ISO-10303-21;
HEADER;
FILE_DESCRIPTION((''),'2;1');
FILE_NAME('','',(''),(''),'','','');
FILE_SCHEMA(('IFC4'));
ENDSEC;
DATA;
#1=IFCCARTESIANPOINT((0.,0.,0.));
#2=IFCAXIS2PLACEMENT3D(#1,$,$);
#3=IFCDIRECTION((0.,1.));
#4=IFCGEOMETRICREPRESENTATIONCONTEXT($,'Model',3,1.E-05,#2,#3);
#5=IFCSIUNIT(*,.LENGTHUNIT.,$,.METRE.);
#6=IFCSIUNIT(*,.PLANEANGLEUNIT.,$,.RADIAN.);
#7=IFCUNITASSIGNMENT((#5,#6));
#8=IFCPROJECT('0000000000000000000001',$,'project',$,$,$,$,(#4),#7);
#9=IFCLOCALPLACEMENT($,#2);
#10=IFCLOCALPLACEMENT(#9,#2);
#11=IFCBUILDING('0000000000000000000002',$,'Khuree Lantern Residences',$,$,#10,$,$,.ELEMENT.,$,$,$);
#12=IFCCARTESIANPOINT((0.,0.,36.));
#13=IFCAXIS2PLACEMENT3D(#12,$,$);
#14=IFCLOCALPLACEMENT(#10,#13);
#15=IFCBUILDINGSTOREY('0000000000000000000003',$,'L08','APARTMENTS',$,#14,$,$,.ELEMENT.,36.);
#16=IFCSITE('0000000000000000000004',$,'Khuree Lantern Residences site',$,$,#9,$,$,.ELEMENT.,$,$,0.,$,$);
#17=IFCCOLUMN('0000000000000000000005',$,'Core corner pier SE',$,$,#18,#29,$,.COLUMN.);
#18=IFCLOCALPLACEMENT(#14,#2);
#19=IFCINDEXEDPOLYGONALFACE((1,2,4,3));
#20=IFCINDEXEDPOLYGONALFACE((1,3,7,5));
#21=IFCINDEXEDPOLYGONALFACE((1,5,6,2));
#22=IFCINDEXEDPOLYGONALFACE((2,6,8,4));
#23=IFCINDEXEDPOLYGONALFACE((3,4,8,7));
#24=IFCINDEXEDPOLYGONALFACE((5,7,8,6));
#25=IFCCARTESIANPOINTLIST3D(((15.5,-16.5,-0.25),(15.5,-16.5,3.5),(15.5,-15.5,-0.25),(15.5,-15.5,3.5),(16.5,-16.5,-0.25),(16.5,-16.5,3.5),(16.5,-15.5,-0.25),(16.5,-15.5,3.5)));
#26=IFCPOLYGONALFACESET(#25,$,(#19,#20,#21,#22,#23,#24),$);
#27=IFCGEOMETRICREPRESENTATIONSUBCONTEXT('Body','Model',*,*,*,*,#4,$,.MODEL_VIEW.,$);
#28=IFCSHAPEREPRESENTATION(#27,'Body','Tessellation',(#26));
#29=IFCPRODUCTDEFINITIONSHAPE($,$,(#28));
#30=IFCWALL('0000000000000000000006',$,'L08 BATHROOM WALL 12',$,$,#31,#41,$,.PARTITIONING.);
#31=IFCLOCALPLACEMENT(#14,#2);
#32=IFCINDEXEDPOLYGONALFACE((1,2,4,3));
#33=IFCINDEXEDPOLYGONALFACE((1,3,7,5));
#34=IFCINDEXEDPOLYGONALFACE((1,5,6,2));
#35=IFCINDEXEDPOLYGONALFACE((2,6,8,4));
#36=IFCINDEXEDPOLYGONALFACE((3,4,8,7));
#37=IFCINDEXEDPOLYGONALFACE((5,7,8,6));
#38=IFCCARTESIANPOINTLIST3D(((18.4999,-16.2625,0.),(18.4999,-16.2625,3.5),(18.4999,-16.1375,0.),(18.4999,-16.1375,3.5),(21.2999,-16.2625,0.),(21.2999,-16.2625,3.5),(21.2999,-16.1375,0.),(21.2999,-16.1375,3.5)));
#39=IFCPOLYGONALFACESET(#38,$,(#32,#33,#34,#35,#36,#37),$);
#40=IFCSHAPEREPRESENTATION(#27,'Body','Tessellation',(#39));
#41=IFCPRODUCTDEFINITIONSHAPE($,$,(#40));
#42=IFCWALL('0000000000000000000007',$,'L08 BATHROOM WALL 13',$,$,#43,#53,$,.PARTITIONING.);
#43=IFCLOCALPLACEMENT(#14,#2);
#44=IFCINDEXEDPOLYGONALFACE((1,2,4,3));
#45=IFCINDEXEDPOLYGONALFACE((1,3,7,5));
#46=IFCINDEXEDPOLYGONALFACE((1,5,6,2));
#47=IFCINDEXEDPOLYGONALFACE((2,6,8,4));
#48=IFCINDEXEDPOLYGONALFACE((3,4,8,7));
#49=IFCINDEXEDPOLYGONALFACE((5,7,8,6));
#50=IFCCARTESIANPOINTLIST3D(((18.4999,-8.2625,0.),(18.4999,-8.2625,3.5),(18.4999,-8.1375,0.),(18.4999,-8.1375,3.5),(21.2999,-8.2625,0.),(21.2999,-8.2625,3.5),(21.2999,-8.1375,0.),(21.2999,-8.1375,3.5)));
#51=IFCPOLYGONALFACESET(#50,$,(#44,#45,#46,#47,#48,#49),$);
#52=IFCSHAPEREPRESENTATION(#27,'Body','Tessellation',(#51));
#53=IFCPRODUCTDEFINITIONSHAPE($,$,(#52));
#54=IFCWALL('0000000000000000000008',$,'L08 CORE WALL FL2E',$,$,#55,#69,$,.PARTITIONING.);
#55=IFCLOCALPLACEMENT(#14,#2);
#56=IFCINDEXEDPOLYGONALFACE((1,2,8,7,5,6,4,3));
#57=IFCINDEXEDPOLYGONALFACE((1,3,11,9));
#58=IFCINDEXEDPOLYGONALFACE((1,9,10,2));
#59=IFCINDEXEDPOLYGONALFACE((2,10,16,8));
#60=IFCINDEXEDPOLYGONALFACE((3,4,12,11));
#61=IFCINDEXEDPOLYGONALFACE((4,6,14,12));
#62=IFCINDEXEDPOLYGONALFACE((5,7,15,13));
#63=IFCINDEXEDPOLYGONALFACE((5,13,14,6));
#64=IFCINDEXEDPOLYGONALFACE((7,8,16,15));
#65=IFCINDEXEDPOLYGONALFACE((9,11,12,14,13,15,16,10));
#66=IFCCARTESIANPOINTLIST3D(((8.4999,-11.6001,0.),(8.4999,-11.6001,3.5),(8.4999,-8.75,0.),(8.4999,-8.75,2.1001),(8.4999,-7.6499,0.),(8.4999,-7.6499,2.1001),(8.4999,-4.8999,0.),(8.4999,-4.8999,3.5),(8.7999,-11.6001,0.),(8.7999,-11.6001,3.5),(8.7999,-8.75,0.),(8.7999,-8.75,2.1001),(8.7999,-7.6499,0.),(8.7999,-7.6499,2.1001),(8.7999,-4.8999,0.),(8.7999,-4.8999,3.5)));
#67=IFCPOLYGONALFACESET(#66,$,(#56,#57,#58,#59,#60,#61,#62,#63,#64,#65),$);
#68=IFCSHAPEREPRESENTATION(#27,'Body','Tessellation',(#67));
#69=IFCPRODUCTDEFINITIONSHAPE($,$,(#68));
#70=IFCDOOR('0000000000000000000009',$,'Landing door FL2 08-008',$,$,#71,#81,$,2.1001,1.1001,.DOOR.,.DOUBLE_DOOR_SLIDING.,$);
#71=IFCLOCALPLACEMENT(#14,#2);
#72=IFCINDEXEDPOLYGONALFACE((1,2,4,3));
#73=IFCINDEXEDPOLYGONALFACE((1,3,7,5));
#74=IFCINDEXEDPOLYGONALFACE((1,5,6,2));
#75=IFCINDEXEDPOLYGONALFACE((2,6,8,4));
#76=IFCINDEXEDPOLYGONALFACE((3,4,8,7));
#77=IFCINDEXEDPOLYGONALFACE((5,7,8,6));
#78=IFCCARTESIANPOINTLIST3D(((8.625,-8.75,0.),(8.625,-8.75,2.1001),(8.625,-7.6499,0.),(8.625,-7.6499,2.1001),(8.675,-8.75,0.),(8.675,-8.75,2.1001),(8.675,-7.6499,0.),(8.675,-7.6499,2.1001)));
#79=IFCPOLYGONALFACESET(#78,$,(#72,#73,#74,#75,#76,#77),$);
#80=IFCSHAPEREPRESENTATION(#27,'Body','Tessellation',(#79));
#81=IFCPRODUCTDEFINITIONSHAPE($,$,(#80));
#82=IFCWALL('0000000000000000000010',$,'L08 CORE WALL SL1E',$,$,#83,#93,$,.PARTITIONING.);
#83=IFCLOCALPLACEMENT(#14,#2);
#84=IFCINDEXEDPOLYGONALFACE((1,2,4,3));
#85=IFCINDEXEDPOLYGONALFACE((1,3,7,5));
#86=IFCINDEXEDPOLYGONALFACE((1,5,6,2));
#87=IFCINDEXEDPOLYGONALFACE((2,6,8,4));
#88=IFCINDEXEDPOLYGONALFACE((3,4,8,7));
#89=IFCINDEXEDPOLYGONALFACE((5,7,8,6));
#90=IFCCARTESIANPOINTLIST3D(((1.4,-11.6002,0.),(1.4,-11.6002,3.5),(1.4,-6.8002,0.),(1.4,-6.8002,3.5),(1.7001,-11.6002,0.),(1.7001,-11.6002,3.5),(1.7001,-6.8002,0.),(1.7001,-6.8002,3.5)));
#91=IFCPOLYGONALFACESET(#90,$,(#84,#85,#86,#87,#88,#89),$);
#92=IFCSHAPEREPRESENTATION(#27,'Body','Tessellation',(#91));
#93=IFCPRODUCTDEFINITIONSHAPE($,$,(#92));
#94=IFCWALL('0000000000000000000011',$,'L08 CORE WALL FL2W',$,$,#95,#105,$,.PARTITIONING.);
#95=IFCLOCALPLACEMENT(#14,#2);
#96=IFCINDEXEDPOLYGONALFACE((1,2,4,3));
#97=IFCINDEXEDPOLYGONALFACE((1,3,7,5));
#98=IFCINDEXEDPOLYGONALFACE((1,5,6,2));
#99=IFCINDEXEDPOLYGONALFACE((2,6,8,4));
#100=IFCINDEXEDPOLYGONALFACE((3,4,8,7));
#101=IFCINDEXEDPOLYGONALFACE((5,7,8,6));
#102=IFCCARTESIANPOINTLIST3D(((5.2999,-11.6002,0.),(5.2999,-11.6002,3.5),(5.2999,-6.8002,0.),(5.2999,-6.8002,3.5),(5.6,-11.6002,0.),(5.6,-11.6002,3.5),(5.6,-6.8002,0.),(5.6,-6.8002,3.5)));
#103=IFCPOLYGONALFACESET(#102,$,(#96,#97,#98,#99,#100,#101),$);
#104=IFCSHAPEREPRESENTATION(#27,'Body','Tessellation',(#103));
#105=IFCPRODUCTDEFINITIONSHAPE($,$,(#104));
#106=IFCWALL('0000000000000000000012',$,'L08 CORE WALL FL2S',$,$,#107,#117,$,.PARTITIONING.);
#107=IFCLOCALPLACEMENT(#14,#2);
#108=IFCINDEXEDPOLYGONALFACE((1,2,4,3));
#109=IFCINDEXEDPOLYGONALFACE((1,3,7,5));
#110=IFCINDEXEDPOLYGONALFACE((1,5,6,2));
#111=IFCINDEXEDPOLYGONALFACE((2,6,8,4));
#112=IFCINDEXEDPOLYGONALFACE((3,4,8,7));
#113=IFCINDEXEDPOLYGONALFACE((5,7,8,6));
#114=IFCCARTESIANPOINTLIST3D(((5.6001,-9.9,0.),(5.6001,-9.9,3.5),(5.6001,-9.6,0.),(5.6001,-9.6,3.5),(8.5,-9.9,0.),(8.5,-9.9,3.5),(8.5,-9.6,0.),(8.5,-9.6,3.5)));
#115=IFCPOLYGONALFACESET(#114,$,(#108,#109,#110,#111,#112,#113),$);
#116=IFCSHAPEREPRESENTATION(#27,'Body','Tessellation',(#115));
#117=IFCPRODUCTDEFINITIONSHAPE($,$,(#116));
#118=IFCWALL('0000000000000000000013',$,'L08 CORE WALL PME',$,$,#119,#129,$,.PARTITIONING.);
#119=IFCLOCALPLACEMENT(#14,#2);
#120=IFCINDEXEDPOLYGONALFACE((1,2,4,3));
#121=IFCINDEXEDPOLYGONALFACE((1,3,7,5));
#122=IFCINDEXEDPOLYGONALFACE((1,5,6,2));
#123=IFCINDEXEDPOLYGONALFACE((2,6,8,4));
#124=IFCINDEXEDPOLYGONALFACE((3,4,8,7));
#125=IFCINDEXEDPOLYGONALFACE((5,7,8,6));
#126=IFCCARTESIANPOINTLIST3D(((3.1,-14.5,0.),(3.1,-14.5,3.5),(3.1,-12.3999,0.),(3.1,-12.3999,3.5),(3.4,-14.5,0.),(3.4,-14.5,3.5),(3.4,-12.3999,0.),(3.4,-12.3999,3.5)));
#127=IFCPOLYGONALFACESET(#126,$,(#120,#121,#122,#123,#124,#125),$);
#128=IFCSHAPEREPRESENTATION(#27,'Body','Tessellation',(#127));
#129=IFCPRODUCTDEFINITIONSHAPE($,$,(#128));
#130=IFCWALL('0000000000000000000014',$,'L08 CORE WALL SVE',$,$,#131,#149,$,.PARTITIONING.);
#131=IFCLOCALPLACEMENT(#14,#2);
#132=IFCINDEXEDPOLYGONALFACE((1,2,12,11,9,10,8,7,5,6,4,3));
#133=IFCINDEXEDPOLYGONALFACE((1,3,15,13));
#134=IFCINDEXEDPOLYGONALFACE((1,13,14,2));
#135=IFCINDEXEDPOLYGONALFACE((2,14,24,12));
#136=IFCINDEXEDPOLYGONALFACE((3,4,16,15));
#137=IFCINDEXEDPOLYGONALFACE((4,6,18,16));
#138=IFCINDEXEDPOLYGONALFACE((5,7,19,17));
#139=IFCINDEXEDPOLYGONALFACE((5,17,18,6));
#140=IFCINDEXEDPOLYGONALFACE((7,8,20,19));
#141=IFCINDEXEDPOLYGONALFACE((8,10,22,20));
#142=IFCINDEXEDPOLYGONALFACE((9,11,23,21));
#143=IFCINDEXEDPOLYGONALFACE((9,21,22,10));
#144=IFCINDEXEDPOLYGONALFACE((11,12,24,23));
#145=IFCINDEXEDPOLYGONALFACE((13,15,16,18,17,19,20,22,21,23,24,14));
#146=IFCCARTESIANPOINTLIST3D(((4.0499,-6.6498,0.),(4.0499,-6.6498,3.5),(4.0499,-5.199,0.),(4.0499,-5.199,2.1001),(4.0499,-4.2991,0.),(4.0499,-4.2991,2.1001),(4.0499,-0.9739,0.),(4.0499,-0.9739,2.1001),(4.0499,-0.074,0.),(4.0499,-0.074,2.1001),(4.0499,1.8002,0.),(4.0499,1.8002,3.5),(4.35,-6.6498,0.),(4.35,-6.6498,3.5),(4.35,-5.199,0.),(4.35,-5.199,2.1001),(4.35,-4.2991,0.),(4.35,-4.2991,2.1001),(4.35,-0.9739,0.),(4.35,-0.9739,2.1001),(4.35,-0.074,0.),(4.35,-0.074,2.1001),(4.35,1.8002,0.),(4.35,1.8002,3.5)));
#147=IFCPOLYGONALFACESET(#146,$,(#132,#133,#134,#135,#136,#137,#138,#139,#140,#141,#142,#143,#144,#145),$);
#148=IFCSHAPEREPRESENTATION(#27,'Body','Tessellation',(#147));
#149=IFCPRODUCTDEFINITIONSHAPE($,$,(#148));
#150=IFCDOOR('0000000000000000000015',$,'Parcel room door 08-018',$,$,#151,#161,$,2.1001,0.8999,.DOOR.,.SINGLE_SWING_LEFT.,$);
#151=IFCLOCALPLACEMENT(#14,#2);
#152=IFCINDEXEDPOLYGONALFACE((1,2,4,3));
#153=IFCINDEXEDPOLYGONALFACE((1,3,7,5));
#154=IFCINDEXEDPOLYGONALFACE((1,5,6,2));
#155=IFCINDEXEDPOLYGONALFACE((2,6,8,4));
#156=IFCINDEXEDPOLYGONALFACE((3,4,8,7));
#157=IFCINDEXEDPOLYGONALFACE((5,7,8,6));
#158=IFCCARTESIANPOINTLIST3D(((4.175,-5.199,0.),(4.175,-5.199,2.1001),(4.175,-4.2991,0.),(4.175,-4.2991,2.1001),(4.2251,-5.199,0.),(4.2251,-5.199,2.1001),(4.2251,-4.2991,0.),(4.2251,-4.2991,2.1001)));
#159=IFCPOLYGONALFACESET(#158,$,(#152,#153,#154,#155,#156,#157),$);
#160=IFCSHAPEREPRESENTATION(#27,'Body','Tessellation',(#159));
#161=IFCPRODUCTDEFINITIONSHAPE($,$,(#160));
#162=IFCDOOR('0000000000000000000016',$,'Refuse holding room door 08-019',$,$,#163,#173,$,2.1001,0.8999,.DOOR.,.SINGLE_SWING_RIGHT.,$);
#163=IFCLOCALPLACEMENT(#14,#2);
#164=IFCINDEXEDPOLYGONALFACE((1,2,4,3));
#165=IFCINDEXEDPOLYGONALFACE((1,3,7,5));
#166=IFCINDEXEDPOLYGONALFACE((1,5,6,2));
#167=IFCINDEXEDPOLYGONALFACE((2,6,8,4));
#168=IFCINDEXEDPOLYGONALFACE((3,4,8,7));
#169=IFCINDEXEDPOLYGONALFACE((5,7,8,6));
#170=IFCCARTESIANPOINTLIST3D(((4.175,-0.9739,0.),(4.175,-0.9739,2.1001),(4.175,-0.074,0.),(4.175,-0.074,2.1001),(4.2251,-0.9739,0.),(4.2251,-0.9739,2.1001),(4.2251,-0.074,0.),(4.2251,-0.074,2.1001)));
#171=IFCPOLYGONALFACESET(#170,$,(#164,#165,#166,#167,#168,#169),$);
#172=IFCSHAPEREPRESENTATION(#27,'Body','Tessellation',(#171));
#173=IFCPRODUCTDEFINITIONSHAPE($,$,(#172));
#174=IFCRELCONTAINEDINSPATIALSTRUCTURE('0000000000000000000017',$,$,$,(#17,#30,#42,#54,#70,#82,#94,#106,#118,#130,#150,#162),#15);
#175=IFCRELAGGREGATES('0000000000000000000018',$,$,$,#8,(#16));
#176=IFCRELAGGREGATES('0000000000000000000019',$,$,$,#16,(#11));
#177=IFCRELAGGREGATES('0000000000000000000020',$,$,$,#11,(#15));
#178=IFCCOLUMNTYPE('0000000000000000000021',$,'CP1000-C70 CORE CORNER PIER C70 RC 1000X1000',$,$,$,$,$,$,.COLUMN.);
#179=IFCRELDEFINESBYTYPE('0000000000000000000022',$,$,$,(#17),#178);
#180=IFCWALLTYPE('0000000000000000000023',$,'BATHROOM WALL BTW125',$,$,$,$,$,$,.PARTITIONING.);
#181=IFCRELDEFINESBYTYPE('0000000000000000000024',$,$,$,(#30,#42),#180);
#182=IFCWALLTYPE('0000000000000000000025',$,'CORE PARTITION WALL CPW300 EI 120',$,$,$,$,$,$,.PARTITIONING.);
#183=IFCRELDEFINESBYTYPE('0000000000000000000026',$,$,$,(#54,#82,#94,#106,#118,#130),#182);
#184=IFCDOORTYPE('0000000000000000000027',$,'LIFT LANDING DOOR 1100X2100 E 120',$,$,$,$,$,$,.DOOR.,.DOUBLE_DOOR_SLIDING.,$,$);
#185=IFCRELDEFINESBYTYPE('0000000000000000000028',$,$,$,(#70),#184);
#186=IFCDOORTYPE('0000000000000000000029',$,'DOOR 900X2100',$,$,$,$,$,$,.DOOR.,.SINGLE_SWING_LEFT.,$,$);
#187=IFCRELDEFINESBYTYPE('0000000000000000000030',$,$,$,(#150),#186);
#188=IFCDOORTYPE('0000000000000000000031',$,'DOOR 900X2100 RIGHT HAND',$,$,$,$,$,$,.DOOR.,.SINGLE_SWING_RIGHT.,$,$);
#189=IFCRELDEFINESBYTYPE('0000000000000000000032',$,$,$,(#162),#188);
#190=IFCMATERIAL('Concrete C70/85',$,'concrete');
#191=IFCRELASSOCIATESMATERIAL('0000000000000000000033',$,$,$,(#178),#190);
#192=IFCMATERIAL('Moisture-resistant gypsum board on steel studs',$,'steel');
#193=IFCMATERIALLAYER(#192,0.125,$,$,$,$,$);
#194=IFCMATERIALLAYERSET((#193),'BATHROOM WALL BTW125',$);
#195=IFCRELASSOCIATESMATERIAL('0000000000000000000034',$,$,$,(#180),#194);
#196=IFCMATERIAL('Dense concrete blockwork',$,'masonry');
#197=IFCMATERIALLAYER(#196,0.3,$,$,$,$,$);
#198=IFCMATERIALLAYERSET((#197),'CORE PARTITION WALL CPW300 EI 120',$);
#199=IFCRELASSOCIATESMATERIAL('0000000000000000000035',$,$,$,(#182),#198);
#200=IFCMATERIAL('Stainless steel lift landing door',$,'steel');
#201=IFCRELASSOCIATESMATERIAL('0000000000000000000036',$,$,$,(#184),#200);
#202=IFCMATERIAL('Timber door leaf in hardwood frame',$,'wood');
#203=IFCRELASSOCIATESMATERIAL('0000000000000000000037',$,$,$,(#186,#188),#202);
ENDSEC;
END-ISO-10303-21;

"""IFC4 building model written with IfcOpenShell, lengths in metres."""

from ifc_helpers import new_model, si_unit, direction, frame, frame_2d, origin, origin_2d, place, context, subcontext, project, spatial, rectangle, extrude, material, layer, layer_set, material_profile, profile_set, type_object, element, fill, save


model = new_model("IFC4")

# Units and contexts
model_context = context("Model", 3, precision=1e-05, world=origin(), true_north=direction((0.0, 1.0)))
body_context = subcontext(model_context, "Body", "Model", "MODEL_VIEW")
ifc_project = project(units=[si_unit("LENGTHUNIT", "METRE"), si_unit("PLANEANGLEUNIT", "RADIAN")], contexts=[model_context])

# Site, building, storey
site_placement = place(None, origin())
site = spatial("IfcSite", under=ifc_project, at=site_placement, Name="Khuree Lantern Residences site", CompositionType="ELEMENT", RefElevation=0.0)
building_placement = place(site_placement, origin())
building = spatial("IfcBuilding", under=site, at=building_placement, Name="Khuree Lantern Residences", CompositionType="ELEMENT")
storey_placement = place(building_placement, frame((0.0, 0.0, 36.0)))
storey = spatial("IfcBuildingStorey", under=building, at=storey_placement, Name="L08", Description="APARTMENTS", CompositionType="ELEMENT", Elevation=36.0)

# Column
ifc_material_1 = material(Name="Concrete C70/85", Category="concrete")
ifc_material_profile = material_profile(ifc_material_1, rectangle(XDim=1.0, YDim=1.0, at=origin_2d()), Name="RC 1000X1000")
ifc_profile_set = profile_set([ifc_material_profile], Name="Concrete C70/85")
column_type = type_object("IfcColumnType", Name="CP1000-C70 CORE CORNER PIER C70 RC 1000X1000", PredefinedType="COLUMN", material=ifc_profile_set)
column_placement = place(storey_placement, frame((16.0, -16.0, -0.25), z_axis=(0.0, 0.0, 1.0), x_axis=(1.0, 0.0, 0.0)))
element("IfcColumn", 1, at=column_placement, inside=storey, type_object=column_type, Name="Core corner pier SE", PredefinedType="COLUMN", context=body_context, shape_type="SweptSolid", body=[
    extrude(rectangle(XDim=1.0, YDim=1.0, at=origin_2d()), origin(), (0.0, 0.0, 1.0), 3.75),
])

# Walls
ifc_material_2 = material(Name="Moisture-resistant gypsum board on steel studs", Category="steel")
ifc_layer_1 = layer(ifc_material_2, 0.125)
ifc_layer_set_1 = layer_set([ifc_layer_1], Name="BATHROOM WALL BTW125")
wall_type_1 = type_object("IfcWallType", Name="BATHROOM WALL BTW125", PredefinedType="PARTITIONING", material=ifc_layer_set_1)
for number, where, z_axis, x_axis, name in (
    (2, (18.5, -16.2, 0.0), (0.0, 0.0, 1.0), (1.0, 0.0, 0.0), "L08 BATHROOM WALL 12"),
    (3, (18.5, -8.2, 0.0), (0.0, 0.0, 1.0), (1.0, 0.0, 0.0), "L08 BATHROOM WALL 13"),
):
    element("IfcWall", number, at=place(storey_placement, frame(where, z_axis=z_axis, x_axis=x_axis)), inside=storey, type_object=wall_type_1, Name=name, PredefinedType="PARTITIONING", context=body_context, shape_type="SweptSolid", body=[
        extrude(rectangle(XDim=2.8, YDim=0.125, at=frame_2d((1.3999, 0.0))), origin(), (0.0, 0.0, 1.0), 3.5),
    ])

# Wall, opening, door
ifc_material_3 = material(Name="Dense concrete blockwork", Category="masonry")
ifc_layer_2 = layer(ifc_material_3, 0.3)
ifc_layer_set_2 = layer_set([ifc_layer_2], Name="CORE PARTITION WALL CPW300 EI 120")
wall_type_2 = type_object("IfcWallType", Name="CORE PARTITION WALL CPW300 EI 120", PredefinedType="PARTITIONING", material=ifc_layer_set_2)
wall_1_placement = place(storey_placement, frame((8.6499, -11.6001, 0.0), z_axis=(0.0, 0.0, 1.0), x_axis=(0.0, 1.0, 0.0)))
wall_1 = element("IfcWall", 4, at=wall_1_placement, inside=storey, type_object=wall_type_2, Name="L08 CORE WALL FL2E", PredefinedType="PARTITIONING", context=body_context, shape_type="SweptSolid", body=[
    extrude(rectangle(XDim=6.7002, YDim=0.3, at=frame_2d((3.3501, 0.0))), origin(), (0.0, 0.0, 1.0), 3.5),
])
opening_1_placement = place(wall_1_placement, frame((2.8501, 0.0, 0.0)))
opening_1 = element("IfcOpeningElement", 5, at=opening_1_placement, cuts=wall_1, PredefinedType="OPENING", context=body_context, shape_type="SweptSolid", body=[
    extrude(rectangle(XDim=1.1001, YDim=2.1001, at=frame_2d((0.55, 1.05))), frame((0.0, 0.1602, 0.0), z_axis=(0.0, -1.0, 0.0), x_axis=(1.0, 0.0, 0.0)), (0.0, 0.0, 1.0), 0.3201),
])
ifc_material_4 = material(Name="Stainless steel lift landing door", Category="steel")
door_type_1 = type_object("IfcDoorType", Name="LIFT LANDING DOOR 1100X2100 E 120", OperationType="DOUBLE_DOOR_SLIDING", PredefinedType="DOOR", material=ifc_material_4)
door_1_placement = place(opening_1_placement, origin())
door_1 = element("IfcDoor", 6, at=door_1_placement, inside=storey, type_object=door_type_1, Name="Landing door FL2 08-008", OperationType="DOUBLE_DOOR_SLIDING", OverallHeight=2.1001, OverallWidth=1.1001, PredefinedType="DOOR", context=body_context, shape_type="SweptSolid", body=[
    extrude(rectangle(XDim=1.1001, YDim=2.1001, at=frame_2d((0.55, 1.05))), frame((0.0, 0.0249, 0.0), z_axis=(0.0, -1.0, 0.0), x_axis=(1.0, 0.0, 0.0)), (0.0, 0.0, 1.0), 0.05),
])
fill(opening_1, door_1)

# Walls
for number, where, z_axis, x_axis, name in (
    (7, (1.55, -11.6001, 0.0), (0.0, 0.0, 1.0), (0.0, 1.0, 0.0), "L08 CORE WALL SL1E"),
    (8, (5.45, -11.6001, 0.0), (0.0, 0.0, 1.0), (0.0, 1.0, 0.0), "L08 CORE WALL FL2W"),
):
    element("IfcWall", number, at=place(storey_placement, frame(where, z_axis=z_axis, x_axis=x_axis)), inside=storey, type_object=wall_type_2, Name=name, PredefinedType="PARTITIONING", context=body_context, shape_type="SweptSolid", body=[
        extrude(rectangle(XDim=4.8, YDim=0.3, at=frame_2d((2.3999, 0.0))), origin(), (0.0, 0.0, 1.0), 3.5),
    ])
wall_2_placement = place(storey_placement, frame((5.6001, -9.75, 0.0), z_axis=(0.0, 0.0, 1.0), x_axis=(1.0, 0.0, 0.0)))
element("IfcWall", 9, at=wall_2_placement, inside=storey, type_object=wall_type_2, Name="L08 CORE WALL FL2S", PredefinedType="PARTITIONING", context=body_context, shape_type="SweptSolid", body=[
    extrude(rectangle(XDim=2.8999, YDim=0.3, at=frame_2d((1.45, 0.0))), origin(), (0.0, 0.0, 1.0), 3.5),
])
wall_3_placement = place(storey_placement, frame((3.25, -14.5, 0.0), z_axis=(0.0, 0.0, 1.0), x_axis=(0.0, 1.0, 0.0)))
element("IfcWall", 10, at=wall_3_placement, inside=storey, type_object=wall_type_2, Name="L08 CORE WALL PME", PredefinedType="PARTITIONING", context=body_context, shape_type="SweptSolid", body=[
    extrude(rectangle(XDim=2.1001, YDim=0.3, at=frame_2d((1.05, 0.0))), origin(), (0.0, 0.0, 1.0), 3.5),
])

# Wall, openings, doors
wall_4_placement = place(storey_placement, frame((4.2, -6.6499, 0.0), z_axis=(0.0, 0.0, 1.0), x_axis=(0.0, 1.0, 0.0)))
wall_4 = element("IfcWall", 11, at=wall_4_placement, inside=storey, type_object=wall_type_2, Name="L08 CORE WALL SVE", PredefinedType="PARTITIONING", context=body_context, shape_type="SweptSolid", body=[
    extrude(rectangle(XDim=8.45, YDim=0.3, at=frame_2d((4.2251, 0.0))), origin(), (0.0, 0.0, 1.0), 3.5),
])
opening_2_placement = place(wall_4_placement, frame((1.4509, 0.0, 0.0)))
opening_2 = element("IfcOpeningElement", 12, at=opening_2_placement, cuts=wall_4, PredefinedType="OPENING", context=body_context, shape_type="SweptSolid", body=[
    extrude(rectangle(XDim=0.8999, YDim=2.1001, at=frame_2d((0.45, 1.05))), frame((0.0, 0.1602, 0.0), z_axis=(0.0, -1.0, 0.0), x_axis=(1.0, 0.0, 0.0)), (0.0, 0.0, 1.0), 0.3201),
])
opening_3_placement = place(wall_4_placement, frame((5.676, 0.0, 0.0)))
opening_3 = element("IfcOpeningElement", 13, at=opening_3_placement, cuts=wall_4, PredefinedType="OPENING", context=body_context, shape_type="SweptSolid", body=[
    extrude(rectangle(XDim=0.8999, YDim=2.1001, at=frame_2d((0.45, 1.05))), frame((0.0, 0.1602, 0.0), z_axis=(0.0, -1.0, 0.0), x_axis=(1.0, 0.0, 0.0)), (0.0, 0.0, 1.0), 0.3201),
])
ifc_material_5 = material(Name="Timber door leaf in hardwood frame", Category="wood")
door_type_2 = type_object("IfcDoorType", Name="DOOR 900X2100", OperationType="SINGLE_SWING_LEFT", PredefinedType="DOOR", material=ifc_material_5)
door_2_placement = place(opening_2_placement, origin())
door_2 = element("IfcDoor", 14, at=door_2_placement, inside=storey, type_object=door_type_2, Name="Parcel room door 08-018", OperationType="SINGLE_SWING_LEFT", OverallHeight=2.1001, OverallWidth=0.8999, PredefinedType="DOOR", context=body_context, shape_type="SweptSolid", body=[
    extrude(rectangle(XDim=0.8999, YDim=2.1001, at=frame_2d((0.45, 1.05))), frame((0.0, 0.0249, 0.0), z_axis=(0.0, -1.0, 0.0), x_axis=(1.0, 0.0, 0.0)), (0.0, 0.0, 1.0), 0.05),
])
fill(opening_2, door_2)
door_type_3 = type_object("IfcDoorType", Name="DOOR 900X2100 RIGHT HAND", OperationType="SINGLE_SWING_RIGHT", PredefinedType="DOOR", material=ifc_material_5)
door_3_placement = place(opening_3_placement, origin())
door_3 = element("IfcDoor", 15, at=door_3_placement, inside=storey, type_object=door_type_3, Name="Refuse holding room door 08-019", OperationType="SINGLE_SWING_RIGHT", OverallHeight=2.1001, OverallWidth=0.8999, PredefinedType="DOOR", context=body_context, shape_type="SweptSolid", body=[
    extrude(rectangle(XDim=0.8999, YDim=2.1001, at=frame_2d((0.45, 1.05))), frame((0.0, 0.0249, 0.0), z_axis=(0.0, -1.0, 0.0), x_axis=(1.0, 0.0, 0.0)), (0.0, 0.0, 1.0), 0.05),
])
fill(opening_3, door_3)

save(model, "model.ifc")
